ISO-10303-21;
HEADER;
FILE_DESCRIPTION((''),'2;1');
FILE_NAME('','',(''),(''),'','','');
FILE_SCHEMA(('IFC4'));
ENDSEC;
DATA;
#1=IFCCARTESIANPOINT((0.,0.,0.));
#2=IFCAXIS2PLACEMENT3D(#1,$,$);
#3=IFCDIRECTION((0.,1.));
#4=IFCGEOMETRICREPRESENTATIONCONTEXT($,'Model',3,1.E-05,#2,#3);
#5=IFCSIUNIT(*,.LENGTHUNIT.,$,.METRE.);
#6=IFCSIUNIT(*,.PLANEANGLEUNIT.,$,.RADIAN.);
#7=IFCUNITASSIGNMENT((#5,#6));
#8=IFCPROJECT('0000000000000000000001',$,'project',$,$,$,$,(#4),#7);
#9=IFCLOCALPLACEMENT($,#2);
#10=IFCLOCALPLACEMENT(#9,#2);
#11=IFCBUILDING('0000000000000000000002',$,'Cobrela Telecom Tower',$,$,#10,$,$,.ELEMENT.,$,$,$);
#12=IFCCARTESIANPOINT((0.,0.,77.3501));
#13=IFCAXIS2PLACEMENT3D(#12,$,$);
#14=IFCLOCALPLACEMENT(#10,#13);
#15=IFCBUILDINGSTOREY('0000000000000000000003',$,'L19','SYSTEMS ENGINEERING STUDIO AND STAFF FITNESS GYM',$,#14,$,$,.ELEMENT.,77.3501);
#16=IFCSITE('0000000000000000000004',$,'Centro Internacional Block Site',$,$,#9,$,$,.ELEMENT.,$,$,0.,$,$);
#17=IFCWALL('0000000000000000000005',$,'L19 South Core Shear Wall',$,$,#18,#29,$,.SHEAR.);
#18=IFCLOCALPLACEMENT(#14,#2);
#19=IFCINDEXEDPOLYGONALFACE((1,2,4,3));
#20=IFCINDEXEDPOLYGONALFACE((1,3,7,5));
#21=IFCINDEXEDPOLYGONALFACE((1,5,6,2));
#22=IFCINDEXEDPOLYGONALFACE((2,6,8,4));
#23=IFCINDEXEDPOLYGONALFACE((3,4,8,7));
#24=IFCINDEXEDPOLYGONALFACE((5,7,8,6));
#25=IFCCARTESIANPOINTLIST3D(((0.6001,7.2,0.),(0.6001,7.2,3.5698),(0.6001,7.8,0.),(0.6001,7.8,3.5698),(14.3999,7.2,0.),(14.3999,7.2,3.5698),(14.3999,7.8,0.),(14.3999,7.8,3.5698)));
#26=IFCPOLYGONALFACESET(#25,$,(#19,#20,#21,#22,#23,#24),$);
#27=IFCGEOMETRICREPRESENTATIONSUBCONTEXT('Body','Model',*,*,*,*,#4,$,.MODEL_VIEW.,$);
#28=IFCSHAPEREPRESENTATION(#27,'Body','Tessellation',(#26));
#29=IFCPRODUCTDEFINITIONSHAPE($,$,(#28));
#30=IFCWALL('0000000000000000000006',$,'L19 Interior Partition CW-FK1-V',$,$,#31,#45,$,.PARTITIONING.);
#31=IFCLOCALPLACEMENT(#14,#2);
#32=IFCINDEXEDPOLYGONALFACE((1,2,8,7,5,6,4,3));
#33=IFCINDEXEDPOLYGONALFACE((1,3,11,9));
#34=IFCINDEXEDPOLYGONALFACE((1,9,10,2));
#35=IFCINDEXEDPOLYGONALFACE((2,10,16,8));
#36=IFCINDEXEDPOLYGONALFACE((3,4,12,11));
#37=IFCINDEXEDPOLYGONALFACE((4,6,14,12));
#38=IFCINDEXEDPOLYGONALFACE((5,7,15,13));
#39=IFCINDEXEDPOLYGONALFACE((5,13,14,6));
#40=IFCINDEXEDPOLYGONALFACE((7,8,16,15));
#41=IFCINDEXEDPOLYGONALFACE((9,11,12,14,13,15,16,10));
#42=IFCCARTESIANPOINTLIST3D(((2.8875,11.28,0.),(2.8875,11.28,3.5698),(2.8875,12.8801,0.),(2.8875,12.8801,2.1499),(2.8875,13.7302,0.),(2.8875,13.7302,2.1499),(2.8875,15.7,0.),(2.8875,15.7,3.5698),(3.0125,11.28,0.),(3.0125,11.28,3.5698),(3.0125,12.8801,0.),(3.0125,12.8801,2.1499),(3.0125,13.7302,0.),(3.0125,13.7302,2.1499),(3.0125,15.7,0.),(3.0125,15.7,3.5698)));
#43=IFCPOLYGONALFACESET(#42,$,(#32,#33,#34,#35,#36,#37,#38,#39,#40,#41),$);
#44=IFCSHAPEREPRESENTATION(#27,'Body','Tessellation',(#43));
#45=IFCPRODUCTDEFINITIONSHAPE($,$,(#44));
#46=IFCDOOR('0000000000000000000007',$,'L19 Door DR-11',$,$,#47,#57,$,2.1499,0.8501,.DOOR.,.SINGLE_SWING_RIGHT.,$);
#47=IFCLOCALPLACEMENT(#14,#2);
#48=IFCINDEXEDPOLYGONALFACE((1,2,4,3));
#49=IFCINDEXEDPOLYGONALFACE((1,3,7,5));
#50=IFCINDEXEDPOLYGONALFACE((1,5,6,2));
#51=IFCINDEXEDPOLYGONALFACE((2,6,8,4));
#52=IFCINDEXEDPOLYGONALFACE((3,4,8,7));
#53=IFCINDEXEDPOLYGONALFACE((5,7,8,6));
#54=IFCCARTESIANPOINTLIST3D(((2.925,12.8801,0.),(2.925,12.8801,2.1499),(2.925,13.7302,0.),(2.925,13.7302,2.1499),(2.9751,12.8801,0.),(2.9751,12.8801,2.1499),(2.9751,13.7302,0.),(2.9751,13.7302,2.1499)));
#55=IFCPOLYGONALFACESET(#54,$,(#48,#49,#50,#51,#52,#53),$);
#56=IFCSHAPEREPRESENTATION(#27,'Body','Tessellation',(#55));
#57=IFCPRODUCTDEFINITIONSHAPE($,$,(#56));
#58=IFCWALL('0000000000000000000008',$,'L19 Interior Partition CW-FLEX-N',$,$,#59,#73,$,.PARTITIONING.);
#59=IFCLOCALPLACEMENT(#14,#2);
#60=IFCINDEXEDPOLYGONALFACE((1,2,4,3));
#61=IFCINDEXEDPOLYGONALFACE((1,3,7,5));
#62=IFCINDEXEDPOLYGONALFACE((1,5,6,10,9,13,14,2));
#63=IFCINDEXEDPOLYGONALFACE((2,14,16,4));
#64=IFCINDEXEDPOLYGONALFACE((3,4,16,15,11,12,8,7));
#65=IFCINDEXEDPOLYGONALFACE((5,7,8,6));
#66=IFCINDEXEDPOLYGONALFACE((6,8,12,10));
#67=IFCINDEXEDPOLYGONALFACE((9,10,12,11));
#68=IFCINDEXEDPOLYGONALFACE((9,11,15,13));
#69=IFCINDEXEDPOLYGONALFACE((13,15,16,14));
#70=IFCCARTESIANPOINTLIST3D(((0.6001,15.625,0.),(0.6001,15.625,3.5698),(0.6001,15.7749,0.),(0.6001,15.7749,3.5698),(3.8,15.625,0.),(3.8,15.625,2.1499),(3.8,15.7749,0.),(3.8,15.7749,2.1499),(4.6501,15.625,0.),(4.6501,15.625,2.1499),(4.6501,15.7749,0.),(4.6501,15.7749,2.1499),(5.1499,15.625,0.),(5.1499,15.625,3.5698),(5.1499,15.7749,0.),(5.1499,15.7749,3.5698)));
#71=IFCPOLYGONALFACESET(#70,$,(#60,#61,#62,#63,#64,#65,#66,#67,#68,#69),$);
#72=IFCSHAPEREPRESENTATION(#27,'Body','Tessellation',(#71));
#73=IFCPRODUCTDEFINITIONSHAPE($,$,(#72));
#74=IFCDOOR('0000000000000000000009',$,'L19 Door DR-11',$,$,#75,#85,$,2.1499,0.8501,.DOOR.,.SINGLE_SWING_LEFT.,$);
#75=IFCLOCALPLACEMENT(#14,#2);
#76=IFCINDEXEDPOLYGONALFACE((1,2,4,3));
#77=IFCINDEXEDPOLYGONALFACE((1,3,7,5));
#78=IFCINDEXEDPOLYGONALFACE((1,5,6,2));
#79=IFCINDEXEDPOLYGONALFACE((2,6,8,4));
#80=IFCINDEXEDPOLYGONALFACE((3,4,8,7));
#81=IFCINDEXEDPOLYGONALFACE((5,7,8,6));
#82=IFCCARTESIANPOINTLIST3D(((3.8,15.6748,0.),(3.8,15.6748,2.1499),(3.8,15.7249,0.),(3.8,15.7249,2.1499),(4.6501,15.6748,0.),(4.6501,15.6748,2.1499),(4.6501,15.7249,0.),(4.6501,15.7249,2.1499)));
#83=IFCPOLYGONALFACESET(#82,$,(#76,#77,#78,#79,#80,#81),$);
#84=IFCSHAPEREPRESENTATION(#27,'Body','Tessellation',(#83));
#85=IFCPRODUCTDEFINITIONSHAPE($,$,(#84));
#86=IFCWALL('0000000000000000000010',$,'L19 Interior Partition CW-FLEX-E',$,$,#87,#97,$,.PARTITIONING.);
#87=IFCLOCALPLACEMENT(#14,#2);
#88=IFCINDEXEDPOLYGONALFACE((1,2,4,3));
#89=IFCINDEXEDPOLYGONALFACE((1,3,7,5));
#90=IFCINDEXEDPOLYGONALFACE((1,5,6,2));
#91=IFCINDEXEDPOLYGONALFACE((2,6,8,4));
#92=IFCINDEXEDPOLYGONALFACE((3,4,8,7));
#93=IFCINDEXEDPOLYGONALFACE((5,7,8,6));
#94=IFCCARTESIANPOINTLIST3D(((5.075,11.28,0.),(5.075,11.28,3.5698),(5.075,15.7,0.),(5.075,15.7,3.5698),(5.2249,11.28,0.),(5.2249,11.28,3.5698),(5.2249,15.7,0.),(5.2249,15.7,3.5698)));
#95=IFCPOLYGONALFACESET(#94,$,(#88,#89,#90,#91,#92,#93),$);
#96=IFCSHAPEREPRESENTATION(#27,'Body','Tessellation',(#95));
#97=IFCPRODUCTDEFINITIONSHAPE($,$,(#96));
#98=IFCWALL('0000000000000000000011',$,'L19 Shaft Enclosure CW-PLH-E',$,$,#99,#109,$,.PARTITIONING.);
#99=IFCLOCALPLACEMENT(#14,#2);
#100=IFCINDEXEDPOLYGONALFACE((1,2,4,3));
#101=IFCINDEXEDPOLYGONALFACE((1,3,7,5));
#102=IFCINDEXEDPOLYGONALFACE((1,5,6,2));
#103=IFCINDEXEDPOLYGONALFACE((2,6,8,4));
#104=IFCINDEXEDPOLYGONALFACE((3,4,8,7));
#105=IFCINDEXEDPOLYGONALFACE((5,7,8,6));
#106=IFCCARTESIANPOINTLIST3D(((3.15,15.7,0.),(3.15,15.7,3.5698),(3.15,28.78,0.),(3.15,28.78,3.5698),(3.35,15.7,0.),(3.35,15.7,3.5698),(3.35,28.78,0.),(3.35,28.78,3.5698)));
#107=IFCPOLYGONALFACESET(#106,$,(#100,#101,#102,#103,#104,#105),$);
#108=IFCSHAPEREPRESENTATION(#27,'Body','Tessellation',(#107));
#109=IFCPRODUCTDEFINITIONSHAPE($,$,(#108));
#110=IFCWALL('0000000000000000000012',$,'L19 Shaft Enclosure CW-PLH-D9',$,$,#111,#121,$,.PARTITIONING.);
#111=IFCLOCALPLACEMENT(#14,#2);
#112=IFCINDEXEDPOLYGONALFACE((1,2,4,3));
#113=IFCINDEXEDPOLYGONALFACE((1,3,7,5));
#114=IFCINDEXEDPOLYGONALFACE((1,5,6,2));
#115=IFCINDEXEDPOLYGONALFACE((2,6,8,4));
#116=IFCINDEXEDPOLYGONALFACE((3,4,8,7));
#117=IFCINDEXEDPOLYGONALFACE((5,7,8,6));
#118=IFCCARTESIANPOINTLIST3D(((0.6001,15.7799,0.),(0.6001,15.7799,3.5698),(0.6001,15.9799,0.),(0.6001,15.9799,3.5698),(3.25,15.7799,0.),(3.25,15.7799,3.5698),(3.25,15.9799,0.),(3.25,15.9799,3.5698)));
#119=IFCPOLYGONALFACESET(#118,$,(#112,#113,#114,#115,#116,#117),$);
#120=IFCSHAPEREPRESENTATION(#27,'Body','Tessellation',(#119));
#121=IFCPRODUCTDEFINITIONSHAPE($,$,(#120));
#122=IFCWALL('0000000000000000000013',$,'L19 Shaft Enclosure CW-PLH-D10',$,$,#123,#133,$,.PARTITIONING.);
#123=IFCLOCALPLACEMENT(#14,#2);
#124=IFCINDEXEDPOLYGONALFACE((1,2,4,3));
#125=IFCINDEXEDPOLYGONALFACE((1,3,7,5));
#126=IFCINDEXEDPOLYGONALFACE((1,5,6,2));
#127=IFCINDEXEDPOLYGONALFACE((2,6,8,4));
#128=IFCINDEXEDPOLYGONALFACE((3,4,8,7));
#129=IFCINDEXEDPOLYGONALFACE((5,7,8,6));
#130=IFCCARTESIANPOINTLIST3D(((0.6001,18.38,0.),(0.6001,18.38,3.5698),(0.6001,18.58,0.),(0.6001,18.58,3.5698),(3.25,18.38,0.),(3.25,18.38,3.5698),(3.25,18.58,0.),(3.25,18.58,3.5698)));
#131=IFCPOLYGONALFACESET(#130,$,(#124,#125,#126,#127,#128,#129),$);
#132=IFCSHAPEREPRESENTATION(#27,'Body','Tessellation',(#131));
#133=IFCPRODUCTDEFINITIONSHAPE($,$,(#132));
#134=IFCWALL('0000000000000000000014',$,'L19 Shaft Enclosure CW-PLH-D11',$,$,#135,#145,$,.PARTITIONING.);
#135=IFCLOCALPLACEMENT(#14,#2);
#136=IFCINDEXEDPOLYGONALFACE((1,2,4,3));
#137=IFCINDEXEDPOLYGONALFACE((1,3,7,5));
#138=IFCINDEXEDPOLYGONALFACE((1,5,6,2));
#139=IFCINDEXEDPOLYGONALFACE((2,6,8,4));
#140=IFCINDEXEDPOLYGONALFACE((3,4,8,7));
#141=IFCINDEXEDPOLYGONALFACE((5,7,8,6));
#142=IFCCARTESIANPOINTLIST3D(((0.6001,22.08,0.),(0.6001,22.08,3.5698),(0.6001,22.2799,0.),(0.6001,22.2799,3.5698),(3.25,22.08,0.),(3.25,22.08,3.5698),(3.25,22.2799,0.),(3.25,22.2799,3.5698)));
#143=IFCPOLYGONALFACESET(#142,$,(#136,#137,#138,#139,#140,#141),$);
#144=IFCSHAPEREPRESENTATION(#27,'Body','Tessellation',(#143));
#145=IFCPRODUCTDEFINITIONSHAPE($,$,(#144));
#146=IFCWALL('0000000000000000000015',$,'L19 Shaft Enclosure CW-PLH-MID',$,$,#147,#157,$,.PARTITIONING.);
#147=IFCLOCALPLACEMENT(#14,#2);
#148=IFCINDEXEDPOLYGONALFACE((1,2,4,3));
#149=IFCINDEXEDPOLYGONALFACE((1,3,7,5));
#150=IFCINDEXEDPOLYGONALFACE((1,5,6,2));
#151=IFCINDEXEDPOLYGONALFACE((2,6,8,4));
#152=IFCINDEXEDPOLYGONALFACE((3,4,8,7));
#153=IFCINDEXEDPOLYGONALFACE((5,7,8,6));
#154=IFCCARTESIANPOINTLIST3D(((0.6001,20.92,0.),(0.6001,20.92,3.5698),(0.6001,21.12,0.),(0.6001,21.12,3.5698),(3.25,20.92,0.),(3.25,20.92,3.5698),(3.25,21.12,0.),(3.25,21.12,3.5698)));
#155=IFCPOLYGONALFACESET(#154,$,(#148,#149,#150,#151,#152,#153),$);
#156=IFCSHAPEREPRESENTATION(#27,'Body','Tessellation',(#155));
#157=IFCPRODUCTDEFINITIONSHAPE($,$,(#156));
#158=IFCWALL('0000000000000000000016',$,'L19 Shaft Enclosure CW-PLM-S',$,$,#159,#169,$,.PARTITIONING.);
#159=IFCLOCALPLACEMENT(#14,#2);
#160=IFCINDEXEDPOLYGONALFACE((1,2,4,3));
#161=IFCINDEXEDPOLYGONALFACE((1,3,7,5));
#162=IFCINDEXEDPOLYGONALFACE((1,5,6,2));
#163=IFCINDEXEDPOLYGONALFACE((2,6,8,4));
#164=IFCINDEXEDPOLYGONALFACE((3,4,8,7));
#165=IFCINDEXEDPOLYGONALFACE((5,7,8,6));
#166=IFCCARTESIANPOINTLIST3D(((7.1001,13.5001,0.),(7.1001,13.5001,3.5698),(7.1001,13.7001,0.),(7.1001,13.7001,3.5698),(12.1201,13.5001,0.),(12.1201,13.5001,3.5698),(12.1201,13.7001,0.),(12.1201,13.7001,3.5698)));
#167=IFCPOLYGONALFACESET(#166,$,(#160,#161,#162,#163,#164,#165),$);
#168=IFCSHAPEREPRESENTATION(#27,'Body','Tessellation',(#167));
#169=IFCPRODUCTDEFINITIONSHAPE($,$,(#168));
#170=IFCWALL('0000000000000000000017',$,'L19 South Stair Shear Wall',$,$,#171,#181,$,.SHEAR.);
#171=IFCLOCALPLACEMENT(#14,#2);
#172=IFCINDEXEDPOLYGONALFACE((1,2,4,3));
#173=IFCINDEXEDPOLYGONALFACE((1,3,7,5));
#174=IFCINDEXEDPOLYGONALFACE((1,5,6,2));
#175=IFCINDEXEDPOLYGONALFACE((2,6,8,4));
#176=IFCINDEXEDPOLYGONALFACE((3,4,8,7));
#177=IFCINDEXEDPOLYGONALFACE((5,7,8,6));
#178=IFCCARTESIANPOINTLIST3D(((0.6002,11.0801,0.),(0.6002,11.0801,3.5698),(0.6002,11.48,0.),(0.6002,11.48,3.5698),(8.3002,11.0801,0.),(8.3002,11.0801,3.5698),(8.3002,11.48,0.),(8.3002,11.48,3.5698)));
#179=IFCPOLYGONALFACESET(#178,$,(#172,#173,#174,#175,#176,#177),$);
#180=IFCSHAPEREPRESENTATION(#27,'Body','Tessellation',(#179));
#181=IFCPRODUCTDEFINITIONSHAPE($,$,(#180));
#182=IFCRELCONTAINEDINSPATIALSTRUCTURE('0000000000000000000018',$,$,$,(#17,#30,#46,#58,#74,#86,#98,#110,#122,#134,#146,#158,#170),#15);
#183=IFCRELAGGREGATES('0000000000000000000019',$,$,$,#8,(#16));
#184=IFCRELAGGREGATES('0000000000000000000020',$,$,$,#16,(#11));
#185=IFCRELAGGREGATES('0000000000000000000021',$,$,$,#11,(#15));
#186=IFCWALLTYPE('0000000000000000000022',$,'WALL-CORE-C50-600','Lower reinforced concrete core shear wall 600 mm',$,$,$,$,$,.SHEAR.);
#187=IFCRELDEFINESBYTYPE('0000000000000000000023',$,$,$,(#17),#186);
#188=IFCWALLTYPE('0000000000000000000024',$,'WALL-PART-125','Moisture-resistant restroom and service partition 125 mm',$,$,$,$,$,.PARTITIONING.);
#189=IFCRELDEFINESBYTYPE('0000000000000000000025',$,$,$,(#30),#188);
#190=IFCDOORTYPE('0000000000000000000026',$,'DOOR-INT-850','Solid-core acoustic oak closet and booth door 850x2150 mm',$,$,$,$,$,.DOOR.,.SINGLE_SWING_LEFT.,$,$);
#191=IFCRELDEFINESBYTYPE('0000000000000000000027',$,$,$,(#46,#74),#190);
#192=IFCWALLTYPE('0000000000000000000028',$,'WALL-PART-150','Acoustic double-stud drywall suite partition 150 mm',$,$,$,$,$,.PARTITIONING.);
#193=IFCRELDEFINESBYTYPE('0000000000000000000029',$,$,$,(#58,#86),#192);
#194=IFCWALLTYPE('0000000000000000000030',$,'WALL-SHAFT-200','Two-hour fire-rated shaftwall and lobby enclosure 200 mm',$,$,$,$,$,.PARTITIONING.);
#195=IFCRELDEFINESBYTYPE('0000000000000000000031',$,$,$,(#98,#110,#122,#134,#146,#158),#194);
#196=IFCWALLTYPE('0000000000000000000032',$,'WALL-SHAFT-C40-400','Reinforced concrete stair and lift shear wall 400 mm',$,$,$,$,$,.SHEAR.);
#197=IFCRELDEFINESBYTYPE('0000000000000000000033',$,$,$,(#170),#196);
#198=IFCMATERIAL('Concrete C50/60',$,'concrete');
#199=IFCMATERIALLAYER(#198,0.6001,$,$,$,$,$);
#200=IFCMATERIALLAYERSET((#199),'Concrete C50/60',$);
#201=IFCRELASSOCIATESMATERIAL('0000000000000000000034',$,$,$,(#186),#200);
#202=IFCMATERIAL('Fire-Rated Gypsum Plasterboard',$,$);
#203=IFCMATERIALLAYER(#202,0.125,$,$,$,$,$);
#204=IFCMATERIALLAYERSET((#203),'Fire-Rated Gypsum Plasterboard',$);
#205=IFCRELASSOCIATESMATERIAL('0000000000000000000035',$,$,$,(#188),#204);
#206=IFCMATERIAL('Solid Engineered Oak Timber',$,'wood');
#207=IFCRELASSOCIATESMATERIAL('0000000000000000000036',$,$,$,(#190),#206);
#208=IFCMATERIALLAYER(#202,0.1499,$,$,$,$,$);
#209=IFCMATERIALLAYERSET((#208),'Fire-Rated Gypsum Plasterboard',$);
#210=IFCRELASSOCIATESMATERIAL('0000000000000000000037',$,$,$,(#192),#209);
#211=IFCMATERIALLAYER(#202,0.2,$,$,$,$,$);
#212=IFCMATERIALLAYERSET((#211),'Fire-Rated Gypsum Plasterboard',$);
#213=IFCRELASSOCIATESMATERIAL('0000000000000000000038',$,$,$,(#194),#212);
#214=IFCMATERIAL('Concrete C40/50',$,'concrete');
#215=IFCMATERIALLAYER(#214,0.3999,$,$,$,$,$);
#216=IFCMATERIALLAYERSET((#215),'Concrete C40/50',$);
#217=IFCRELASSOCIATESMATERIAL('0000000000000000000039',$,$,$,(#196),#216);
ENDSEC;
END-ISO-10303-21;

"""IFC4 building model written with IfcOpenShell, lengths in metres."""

from ifc_helpers import new_model, si_unit, direction, frame, frame_2d, origin, place, context, subcontext, project, spatial, rectangle, extrude, material, layer, layer_set, type_object, element, fill, save


model = new_model("IFC4")

# Units and contexts
model_context = context("Model", 3, precision=1e-05, world=origin(), true_north=direction((0.0, 1.0)))
body_context = subcontext(model_context, "Body", "Model", "MODEL_VIEW")
ifc_project = project(units=[si_unit("LENGTHUNIT", "METRE"), si_unit("PLANEANGLEUNIT", "RADIAN")], contexts=[model_context])

# Site, building, storey
site_placement = place(None, origin())
site = spatial("IfcSite", under=ifc_project, at=site_placement, Name="Centro Internacional Block Site", CompositionType="ELEMENT", RefElevation=0.0)
building_placement = place(site_placement, origin())
building = spatial("IfcBuilding", under=site, at=building_placement, Name="Cobrela Telecom Tower", CompositionType="ELEMENT")
storey_placement = place(building_placement, frame((0.0, 0.0, 77.3501)))
storey = spatial("IfcBuildingStorey", under=building, at=storey_placement, Name="L19", Description="SYSTEMS ENGINEERING STUDIO AND STAFF FITNESS GYM", CompositionType="ELEMENT", Elevation=77.3501)

# Wall
ifc_material_1 = material(Name="Concrete C50/60", Category="concrete")
ifc_layer_1 = layer(ifc_material_1, 0.6001)
ifc_layer_set_1 = layer_set([ifc_layer_1], Name="Concrete C50/60")
wall_type_1 = type_object("IfcWallType", Name="WALL-CORE-C50-600", Description="Lower reinforced concrete core shear wall 600 mm", PredefinedType="SHEAR", material=ifc_layer_set_1)
wall_1_placement = place(storey_placement, frame((0.6001, 7.5, 0.0), z_axis=(0.0, 0.0, 1.0), x_axis=(1.0, 0.0, 0.0)))
element("IfcWall", 1, at=wall_1_placement, inside=storey, type_object=wall_type_1, Name="L19 South Core Shear Wall", PredefinedType="SHEAR", context=body_context, shape_type="SweptSolid", body=[
    extrude(rectangle(XDim=13.7998, YDim=0.6001, at=frame_2d((6.8999, 0.0))), origin(), (0.0, 0.0, 1.0), 3.5698),
])

# Walls, openings, doors
ifc_material_2 = material(Name="Fire-Rated Gypsum Plasterboard")
ifc_layer_2 = layer(ifc_material_2, 0.125)
ifc_layer_set_2 = layer_set([ifc_layer_2], Name="Fire-Rated Gypsum Plasterboard")
wall_type_2 = type_object("IfcWallType", Name="WALL-PART-125", Description="Moisture-resistant restroom and service partition 125 mm", PredefinedType="PARTITIONING", material=ifc_layer_set_2)
wall_2_placement = place(storey_placement, frame((2.95, 11.28, 0.0), z_axis=(0.0, 0.0, 1.0), x_axis=(0.0, 1.0, 0.0)))
wall_2 = element("IfcWall", 2, at=wall_2_placement, inside=storey, type_object=wall_type_2, Name="L19 Interior Partition CW-FK1-V", PredefinedType="PARTITIONING", context=body_context, shape_type="SweptSolid", body=[
    extrude(rectangle(XDim=4.4199, YDim=0.125, at=frame_2d((2.21, 0.0))), origin(), (0.0, 0.0, 1.0), 3.5698),
])
opening_1_placement = place(wall_2_placement, frame((1.6001, 0.0, 0.0)))
opening_1 = element("IfcOpeningElement", 3, at=opening_1_placement, cuts=wall_2, PredefinedType="OPENING", context=body_context, shape_type="SweptSolid", body=[
    extrude(rectangle(XDim=0.8501, YDim=2.1499, at=frame_2d((0.425, 1.075))), frame((0.0, 0.0745, 0.0), z_axis=(0.0, -1.0, 0.0), x_axis=(1.0, 0.0, 0.0)), (0.0, 0.0, 1.0), 0.1489),
])
ifc_material_3 = material(Name="Solid Engineered Oak Timber", Category="wood")
door_type = type_object("IfcDoorType", Name="DOOR-INT-850", Description="Solid-core acoustic oak closet and booth door 850x2150 mm", OperationType="SINGLE_SWING_LEFT", PredefinedType="DOOR", material=ifc_material_3)
door_1_placement = place(opening_1_placement, origin())
door_1 = element("IfcDoor", 4, at=door_1_placement, inside=storey, type_object=door_type, Name="L19 Door DR-11", OperationType="SINGLE_SWING_RIGHT", OverallHeight=2.1499, OverallWidth=0.8501, PredefinedType="DOOR", context=body_context, shape_type="SweptSolid", body=[
    extrude(rectangle(XDim=0.8501, YDim=2.1499, at=frame_2d((0.425, 1.075))), frame((0.0, 0.0249, 0.0), z_axis=(0.0, -1.0, 0.0), x_axis=(1.0, 0.0, 0.0)), (0.0, 0.0, 1.0), 0.05),
])
fill(opening_1, door_1)
ifc_layer_3 = layer(ifc_material_2, 0.1499)
ifc_layer_set_3 = layer_set([ifc_layer_3], Name="Fire-Rated Gypsum Plasterboard")
wall_type_3 = type_object("IfcWallType", Name="WALL-PART-150", Description="Acoustic double-stud drywall suite partition 150 mm", PredefinedType="PARTITIONING", material=ifc_layer_set_3)
wall_3_placement = place(storey_placement, frame((0.6001, 15.7, 0.0), z_axis=(0.0, 0.0, 1.0), x_axis=(1.0, 0.0, 0.0)))
wall_3 = element("IfcWall", 5, at=wall_3_placement, inside=storey, type_object=wall_type_3, Name="L19 Interior Partition CW-FLEX-N", PredefinedType="PARTITIONING", context=body_context, shape_type="SweptSolid", body=[
    extrude(rectangle(XDim=4.5498, YDim=0.1499, at=frame_2d((2.2749, 0.0))), origin(), (0.0, 0.0, 1.0), 3.5698),
])
opening_2_placement = place(wall_3_placement, frame((3.2, 0.0, 0.0)))
opening_2 = element("IfcOpeningElement", 6, at=opening_2_placement, cuts=wall_3, PredefinedType="OPENING", context=body_context, shape_type="SweptSolid", body=[
    extrude(rectangle(XDim=0.8501, YDim=2.1499, at=frame_2d((0.425, 1.075))), frame((0.0, 0.0869, 0.0), z_axis=(0.0, -1.0, 0.0), x_axis=(1.0, 0.0, 0.0)), (0.0, 0.0, 1.0), 0.1738),
])
door_2_placement = place(opening_2_placement, origin())
door_2 = element("IfcDoor", 7, at=door_2_placement, inside=storey, type_object=door_type, Name="L19 Door DR-11", OperationType="SINGLE_SWING_LEFT", OverallHeight=2.1499, OverallWidth=0.8501, PredefinedType="DOOR", context=body_context, shape_type="SweptSolid", body=[
    extrude(rectangle(XDim=0.8501, YDim=2.1499, at=frame_2d((0.425, 1.075))), frame((0.0, 0.0249, 0.0), z_axis=(0.0, -1.0, 0.0), x_axis=(1.0, 0.0, 0.0)), (0.0, 0.0, 1.0), 0.05),
])
fill(opening_2, door_2)

# Walls
wall_4_placement = place(storey_placement, frame((5.1499, 11.28, 0.0), z_axis=(0.0, 0.0, 1.0), x_axis=(0.0, 1.0, 0.0)))
element("IfcWall", 8, at=wall_4_placement, inside=storey, type_object=wall_type_3, Name="L19 Interior Partition CW-FLEX-E", PredefinedType="PARTITIONING", context=body_context, shape_type="SweptSolid", body=[
    extrude(rectangle(XDim=4.4199, YDim=0.1499, at=frame_2d((2.21, 0.0))), origin(), (0.0, 0.0, 1.0), 3.5698),
])
ifc_layer_4 = layer(ifc_material_2, 0.2)
ifc_layer_set_4 = layer_set([ifc_layer_4], Name="Fire-Rated Gypsum Plasterboard")
wall_type_4 = type_object("IfcWallType", Name="WALL-SHAFT-200", Description="Two-hour fire-rated shaftwall and lobby enclosure 200 mm", PredefinedType="PARTITIONING", material=ifc_layer_set_4)
wall_5_placement = place(storey_placement, frame((3.25, 15.7, 0.0), z_axis=(0.0, 0.0, 1.0), x_axis=(0.0, 1.0, 0.0)))
element("IfcWall", 9, at=wall_5_placement, inside=storey, type_object=wall_type_4, Name="L19 Shaft Enclosure CW-PLH-E", PredefinedType="PARTITIONING", context=body_context, shape_type="SweptSolid", body=[
    extrude(rectangle(XDim=13.0801, YDim=0.2, at=frame_2d((6.54, 0.0))), origin(), (0.0, 0.0, 1.0), 3.5698),
])
for number, where, z_axis, x_axis, name in (
    (10, (0.6001, 15.8799, 0.0), (0.0, 0.0, 1.0), (1.0, 0.0, 0.0), "L19 Shaft Enclosure CW-PLH-D9"),
    (11, (0.6001, 18.48, 0.0), (0.0, 0.0, 1.0), (1.0, 0.0, 0.0), "L19 Shaft Enclosure CW-PLH-D10"),
    (12, (0.6001, 22.1799, 0.0), (0.0, 0.0, 1.0), (1.0, 0.0, 0.0), "L19 Shaft Enclosure CW-PLH-D11"),
    (13, (0.6001, 21.02, 0.0), (0.0, 0.0, 1.0), (1.0, 0.0, 0.0), "L19 Shaft Enclosure CW-PLH-MID"),
):
    element("IfcWall", number, at=place(storey_placement, frame(where, z_axis=z_axis, x_axis=x_axis)), inside=storey, type_object=wall_type_4, Name=name, PredefinedType="PARTITIONING", context=body_context, shape_type="SweptSolid", body=[
        extrude(rectangle(XDim=2.6499, YDim=0.2, at=frame_2d((1.325, 0.0))), origin(), (0.0, 0.0, 1.0), 3.5698),
    ])
wall_6_placement = place(storey_placement, frame((7.1001, 13.6001, 0.0), z_axis=(0.0, 0.0, 1.0), x_axis=(1.0, 0.0, 0.0)))
element("IfcWall", 14, at=wall_6_placement, inside=storey, type_object=wall_type_4, Name="L19 Shaft Enclosure CW-PLM-S", PredefinedType="PARTITIONING", context=body_context, shape_type="SweptSolid", body=[
    extrude(rectangle(XDim=5.02, YDim=0.2, at=frame_2d((2.51, 0.0))), origin(), (0.0, 0.0, 1.0), 3.5698),
])
ifc_material_4 = material(Name="Concrete C40/50", Category="concrete")
ifc_layer_5 = layer(ifc_material_4, 0.3999)
ifc_layer_set_5 = layer_set([ifc_layer_5], Name="Concrete C40/50")
wall_type_5 = type_object("IfcWallType", Name="WALL-SHAFT-C40-400", Description="Reinforced concrete stair and lift shear wall 400 mm", PredefinedType="SHEAR", material=ifc_layer_set_5)
wall_7_placement = place(storey_placement, frame((0.6001, 11.28, 0.0), z_axis=(0.0, 0.0, 1.0), x_axis=(1.0, 0.0, 0.0)))
element("IfcWall", 15, at=wall_7_placement, inside=storey, type_object=wall_type_5, Name="L19 South Stair Shear Wall", PredefinedType="SHEAR", context=body_context, shape_type="SweptSolid", body=[
    extrude(rectangle(XDim=7.7, YDim=0.3999, at=frame_2d((3.8501, 0.0))), origin(), (0.0, 0.0, 1.0), 3.5698),
])

save(model, "model.ifc")
